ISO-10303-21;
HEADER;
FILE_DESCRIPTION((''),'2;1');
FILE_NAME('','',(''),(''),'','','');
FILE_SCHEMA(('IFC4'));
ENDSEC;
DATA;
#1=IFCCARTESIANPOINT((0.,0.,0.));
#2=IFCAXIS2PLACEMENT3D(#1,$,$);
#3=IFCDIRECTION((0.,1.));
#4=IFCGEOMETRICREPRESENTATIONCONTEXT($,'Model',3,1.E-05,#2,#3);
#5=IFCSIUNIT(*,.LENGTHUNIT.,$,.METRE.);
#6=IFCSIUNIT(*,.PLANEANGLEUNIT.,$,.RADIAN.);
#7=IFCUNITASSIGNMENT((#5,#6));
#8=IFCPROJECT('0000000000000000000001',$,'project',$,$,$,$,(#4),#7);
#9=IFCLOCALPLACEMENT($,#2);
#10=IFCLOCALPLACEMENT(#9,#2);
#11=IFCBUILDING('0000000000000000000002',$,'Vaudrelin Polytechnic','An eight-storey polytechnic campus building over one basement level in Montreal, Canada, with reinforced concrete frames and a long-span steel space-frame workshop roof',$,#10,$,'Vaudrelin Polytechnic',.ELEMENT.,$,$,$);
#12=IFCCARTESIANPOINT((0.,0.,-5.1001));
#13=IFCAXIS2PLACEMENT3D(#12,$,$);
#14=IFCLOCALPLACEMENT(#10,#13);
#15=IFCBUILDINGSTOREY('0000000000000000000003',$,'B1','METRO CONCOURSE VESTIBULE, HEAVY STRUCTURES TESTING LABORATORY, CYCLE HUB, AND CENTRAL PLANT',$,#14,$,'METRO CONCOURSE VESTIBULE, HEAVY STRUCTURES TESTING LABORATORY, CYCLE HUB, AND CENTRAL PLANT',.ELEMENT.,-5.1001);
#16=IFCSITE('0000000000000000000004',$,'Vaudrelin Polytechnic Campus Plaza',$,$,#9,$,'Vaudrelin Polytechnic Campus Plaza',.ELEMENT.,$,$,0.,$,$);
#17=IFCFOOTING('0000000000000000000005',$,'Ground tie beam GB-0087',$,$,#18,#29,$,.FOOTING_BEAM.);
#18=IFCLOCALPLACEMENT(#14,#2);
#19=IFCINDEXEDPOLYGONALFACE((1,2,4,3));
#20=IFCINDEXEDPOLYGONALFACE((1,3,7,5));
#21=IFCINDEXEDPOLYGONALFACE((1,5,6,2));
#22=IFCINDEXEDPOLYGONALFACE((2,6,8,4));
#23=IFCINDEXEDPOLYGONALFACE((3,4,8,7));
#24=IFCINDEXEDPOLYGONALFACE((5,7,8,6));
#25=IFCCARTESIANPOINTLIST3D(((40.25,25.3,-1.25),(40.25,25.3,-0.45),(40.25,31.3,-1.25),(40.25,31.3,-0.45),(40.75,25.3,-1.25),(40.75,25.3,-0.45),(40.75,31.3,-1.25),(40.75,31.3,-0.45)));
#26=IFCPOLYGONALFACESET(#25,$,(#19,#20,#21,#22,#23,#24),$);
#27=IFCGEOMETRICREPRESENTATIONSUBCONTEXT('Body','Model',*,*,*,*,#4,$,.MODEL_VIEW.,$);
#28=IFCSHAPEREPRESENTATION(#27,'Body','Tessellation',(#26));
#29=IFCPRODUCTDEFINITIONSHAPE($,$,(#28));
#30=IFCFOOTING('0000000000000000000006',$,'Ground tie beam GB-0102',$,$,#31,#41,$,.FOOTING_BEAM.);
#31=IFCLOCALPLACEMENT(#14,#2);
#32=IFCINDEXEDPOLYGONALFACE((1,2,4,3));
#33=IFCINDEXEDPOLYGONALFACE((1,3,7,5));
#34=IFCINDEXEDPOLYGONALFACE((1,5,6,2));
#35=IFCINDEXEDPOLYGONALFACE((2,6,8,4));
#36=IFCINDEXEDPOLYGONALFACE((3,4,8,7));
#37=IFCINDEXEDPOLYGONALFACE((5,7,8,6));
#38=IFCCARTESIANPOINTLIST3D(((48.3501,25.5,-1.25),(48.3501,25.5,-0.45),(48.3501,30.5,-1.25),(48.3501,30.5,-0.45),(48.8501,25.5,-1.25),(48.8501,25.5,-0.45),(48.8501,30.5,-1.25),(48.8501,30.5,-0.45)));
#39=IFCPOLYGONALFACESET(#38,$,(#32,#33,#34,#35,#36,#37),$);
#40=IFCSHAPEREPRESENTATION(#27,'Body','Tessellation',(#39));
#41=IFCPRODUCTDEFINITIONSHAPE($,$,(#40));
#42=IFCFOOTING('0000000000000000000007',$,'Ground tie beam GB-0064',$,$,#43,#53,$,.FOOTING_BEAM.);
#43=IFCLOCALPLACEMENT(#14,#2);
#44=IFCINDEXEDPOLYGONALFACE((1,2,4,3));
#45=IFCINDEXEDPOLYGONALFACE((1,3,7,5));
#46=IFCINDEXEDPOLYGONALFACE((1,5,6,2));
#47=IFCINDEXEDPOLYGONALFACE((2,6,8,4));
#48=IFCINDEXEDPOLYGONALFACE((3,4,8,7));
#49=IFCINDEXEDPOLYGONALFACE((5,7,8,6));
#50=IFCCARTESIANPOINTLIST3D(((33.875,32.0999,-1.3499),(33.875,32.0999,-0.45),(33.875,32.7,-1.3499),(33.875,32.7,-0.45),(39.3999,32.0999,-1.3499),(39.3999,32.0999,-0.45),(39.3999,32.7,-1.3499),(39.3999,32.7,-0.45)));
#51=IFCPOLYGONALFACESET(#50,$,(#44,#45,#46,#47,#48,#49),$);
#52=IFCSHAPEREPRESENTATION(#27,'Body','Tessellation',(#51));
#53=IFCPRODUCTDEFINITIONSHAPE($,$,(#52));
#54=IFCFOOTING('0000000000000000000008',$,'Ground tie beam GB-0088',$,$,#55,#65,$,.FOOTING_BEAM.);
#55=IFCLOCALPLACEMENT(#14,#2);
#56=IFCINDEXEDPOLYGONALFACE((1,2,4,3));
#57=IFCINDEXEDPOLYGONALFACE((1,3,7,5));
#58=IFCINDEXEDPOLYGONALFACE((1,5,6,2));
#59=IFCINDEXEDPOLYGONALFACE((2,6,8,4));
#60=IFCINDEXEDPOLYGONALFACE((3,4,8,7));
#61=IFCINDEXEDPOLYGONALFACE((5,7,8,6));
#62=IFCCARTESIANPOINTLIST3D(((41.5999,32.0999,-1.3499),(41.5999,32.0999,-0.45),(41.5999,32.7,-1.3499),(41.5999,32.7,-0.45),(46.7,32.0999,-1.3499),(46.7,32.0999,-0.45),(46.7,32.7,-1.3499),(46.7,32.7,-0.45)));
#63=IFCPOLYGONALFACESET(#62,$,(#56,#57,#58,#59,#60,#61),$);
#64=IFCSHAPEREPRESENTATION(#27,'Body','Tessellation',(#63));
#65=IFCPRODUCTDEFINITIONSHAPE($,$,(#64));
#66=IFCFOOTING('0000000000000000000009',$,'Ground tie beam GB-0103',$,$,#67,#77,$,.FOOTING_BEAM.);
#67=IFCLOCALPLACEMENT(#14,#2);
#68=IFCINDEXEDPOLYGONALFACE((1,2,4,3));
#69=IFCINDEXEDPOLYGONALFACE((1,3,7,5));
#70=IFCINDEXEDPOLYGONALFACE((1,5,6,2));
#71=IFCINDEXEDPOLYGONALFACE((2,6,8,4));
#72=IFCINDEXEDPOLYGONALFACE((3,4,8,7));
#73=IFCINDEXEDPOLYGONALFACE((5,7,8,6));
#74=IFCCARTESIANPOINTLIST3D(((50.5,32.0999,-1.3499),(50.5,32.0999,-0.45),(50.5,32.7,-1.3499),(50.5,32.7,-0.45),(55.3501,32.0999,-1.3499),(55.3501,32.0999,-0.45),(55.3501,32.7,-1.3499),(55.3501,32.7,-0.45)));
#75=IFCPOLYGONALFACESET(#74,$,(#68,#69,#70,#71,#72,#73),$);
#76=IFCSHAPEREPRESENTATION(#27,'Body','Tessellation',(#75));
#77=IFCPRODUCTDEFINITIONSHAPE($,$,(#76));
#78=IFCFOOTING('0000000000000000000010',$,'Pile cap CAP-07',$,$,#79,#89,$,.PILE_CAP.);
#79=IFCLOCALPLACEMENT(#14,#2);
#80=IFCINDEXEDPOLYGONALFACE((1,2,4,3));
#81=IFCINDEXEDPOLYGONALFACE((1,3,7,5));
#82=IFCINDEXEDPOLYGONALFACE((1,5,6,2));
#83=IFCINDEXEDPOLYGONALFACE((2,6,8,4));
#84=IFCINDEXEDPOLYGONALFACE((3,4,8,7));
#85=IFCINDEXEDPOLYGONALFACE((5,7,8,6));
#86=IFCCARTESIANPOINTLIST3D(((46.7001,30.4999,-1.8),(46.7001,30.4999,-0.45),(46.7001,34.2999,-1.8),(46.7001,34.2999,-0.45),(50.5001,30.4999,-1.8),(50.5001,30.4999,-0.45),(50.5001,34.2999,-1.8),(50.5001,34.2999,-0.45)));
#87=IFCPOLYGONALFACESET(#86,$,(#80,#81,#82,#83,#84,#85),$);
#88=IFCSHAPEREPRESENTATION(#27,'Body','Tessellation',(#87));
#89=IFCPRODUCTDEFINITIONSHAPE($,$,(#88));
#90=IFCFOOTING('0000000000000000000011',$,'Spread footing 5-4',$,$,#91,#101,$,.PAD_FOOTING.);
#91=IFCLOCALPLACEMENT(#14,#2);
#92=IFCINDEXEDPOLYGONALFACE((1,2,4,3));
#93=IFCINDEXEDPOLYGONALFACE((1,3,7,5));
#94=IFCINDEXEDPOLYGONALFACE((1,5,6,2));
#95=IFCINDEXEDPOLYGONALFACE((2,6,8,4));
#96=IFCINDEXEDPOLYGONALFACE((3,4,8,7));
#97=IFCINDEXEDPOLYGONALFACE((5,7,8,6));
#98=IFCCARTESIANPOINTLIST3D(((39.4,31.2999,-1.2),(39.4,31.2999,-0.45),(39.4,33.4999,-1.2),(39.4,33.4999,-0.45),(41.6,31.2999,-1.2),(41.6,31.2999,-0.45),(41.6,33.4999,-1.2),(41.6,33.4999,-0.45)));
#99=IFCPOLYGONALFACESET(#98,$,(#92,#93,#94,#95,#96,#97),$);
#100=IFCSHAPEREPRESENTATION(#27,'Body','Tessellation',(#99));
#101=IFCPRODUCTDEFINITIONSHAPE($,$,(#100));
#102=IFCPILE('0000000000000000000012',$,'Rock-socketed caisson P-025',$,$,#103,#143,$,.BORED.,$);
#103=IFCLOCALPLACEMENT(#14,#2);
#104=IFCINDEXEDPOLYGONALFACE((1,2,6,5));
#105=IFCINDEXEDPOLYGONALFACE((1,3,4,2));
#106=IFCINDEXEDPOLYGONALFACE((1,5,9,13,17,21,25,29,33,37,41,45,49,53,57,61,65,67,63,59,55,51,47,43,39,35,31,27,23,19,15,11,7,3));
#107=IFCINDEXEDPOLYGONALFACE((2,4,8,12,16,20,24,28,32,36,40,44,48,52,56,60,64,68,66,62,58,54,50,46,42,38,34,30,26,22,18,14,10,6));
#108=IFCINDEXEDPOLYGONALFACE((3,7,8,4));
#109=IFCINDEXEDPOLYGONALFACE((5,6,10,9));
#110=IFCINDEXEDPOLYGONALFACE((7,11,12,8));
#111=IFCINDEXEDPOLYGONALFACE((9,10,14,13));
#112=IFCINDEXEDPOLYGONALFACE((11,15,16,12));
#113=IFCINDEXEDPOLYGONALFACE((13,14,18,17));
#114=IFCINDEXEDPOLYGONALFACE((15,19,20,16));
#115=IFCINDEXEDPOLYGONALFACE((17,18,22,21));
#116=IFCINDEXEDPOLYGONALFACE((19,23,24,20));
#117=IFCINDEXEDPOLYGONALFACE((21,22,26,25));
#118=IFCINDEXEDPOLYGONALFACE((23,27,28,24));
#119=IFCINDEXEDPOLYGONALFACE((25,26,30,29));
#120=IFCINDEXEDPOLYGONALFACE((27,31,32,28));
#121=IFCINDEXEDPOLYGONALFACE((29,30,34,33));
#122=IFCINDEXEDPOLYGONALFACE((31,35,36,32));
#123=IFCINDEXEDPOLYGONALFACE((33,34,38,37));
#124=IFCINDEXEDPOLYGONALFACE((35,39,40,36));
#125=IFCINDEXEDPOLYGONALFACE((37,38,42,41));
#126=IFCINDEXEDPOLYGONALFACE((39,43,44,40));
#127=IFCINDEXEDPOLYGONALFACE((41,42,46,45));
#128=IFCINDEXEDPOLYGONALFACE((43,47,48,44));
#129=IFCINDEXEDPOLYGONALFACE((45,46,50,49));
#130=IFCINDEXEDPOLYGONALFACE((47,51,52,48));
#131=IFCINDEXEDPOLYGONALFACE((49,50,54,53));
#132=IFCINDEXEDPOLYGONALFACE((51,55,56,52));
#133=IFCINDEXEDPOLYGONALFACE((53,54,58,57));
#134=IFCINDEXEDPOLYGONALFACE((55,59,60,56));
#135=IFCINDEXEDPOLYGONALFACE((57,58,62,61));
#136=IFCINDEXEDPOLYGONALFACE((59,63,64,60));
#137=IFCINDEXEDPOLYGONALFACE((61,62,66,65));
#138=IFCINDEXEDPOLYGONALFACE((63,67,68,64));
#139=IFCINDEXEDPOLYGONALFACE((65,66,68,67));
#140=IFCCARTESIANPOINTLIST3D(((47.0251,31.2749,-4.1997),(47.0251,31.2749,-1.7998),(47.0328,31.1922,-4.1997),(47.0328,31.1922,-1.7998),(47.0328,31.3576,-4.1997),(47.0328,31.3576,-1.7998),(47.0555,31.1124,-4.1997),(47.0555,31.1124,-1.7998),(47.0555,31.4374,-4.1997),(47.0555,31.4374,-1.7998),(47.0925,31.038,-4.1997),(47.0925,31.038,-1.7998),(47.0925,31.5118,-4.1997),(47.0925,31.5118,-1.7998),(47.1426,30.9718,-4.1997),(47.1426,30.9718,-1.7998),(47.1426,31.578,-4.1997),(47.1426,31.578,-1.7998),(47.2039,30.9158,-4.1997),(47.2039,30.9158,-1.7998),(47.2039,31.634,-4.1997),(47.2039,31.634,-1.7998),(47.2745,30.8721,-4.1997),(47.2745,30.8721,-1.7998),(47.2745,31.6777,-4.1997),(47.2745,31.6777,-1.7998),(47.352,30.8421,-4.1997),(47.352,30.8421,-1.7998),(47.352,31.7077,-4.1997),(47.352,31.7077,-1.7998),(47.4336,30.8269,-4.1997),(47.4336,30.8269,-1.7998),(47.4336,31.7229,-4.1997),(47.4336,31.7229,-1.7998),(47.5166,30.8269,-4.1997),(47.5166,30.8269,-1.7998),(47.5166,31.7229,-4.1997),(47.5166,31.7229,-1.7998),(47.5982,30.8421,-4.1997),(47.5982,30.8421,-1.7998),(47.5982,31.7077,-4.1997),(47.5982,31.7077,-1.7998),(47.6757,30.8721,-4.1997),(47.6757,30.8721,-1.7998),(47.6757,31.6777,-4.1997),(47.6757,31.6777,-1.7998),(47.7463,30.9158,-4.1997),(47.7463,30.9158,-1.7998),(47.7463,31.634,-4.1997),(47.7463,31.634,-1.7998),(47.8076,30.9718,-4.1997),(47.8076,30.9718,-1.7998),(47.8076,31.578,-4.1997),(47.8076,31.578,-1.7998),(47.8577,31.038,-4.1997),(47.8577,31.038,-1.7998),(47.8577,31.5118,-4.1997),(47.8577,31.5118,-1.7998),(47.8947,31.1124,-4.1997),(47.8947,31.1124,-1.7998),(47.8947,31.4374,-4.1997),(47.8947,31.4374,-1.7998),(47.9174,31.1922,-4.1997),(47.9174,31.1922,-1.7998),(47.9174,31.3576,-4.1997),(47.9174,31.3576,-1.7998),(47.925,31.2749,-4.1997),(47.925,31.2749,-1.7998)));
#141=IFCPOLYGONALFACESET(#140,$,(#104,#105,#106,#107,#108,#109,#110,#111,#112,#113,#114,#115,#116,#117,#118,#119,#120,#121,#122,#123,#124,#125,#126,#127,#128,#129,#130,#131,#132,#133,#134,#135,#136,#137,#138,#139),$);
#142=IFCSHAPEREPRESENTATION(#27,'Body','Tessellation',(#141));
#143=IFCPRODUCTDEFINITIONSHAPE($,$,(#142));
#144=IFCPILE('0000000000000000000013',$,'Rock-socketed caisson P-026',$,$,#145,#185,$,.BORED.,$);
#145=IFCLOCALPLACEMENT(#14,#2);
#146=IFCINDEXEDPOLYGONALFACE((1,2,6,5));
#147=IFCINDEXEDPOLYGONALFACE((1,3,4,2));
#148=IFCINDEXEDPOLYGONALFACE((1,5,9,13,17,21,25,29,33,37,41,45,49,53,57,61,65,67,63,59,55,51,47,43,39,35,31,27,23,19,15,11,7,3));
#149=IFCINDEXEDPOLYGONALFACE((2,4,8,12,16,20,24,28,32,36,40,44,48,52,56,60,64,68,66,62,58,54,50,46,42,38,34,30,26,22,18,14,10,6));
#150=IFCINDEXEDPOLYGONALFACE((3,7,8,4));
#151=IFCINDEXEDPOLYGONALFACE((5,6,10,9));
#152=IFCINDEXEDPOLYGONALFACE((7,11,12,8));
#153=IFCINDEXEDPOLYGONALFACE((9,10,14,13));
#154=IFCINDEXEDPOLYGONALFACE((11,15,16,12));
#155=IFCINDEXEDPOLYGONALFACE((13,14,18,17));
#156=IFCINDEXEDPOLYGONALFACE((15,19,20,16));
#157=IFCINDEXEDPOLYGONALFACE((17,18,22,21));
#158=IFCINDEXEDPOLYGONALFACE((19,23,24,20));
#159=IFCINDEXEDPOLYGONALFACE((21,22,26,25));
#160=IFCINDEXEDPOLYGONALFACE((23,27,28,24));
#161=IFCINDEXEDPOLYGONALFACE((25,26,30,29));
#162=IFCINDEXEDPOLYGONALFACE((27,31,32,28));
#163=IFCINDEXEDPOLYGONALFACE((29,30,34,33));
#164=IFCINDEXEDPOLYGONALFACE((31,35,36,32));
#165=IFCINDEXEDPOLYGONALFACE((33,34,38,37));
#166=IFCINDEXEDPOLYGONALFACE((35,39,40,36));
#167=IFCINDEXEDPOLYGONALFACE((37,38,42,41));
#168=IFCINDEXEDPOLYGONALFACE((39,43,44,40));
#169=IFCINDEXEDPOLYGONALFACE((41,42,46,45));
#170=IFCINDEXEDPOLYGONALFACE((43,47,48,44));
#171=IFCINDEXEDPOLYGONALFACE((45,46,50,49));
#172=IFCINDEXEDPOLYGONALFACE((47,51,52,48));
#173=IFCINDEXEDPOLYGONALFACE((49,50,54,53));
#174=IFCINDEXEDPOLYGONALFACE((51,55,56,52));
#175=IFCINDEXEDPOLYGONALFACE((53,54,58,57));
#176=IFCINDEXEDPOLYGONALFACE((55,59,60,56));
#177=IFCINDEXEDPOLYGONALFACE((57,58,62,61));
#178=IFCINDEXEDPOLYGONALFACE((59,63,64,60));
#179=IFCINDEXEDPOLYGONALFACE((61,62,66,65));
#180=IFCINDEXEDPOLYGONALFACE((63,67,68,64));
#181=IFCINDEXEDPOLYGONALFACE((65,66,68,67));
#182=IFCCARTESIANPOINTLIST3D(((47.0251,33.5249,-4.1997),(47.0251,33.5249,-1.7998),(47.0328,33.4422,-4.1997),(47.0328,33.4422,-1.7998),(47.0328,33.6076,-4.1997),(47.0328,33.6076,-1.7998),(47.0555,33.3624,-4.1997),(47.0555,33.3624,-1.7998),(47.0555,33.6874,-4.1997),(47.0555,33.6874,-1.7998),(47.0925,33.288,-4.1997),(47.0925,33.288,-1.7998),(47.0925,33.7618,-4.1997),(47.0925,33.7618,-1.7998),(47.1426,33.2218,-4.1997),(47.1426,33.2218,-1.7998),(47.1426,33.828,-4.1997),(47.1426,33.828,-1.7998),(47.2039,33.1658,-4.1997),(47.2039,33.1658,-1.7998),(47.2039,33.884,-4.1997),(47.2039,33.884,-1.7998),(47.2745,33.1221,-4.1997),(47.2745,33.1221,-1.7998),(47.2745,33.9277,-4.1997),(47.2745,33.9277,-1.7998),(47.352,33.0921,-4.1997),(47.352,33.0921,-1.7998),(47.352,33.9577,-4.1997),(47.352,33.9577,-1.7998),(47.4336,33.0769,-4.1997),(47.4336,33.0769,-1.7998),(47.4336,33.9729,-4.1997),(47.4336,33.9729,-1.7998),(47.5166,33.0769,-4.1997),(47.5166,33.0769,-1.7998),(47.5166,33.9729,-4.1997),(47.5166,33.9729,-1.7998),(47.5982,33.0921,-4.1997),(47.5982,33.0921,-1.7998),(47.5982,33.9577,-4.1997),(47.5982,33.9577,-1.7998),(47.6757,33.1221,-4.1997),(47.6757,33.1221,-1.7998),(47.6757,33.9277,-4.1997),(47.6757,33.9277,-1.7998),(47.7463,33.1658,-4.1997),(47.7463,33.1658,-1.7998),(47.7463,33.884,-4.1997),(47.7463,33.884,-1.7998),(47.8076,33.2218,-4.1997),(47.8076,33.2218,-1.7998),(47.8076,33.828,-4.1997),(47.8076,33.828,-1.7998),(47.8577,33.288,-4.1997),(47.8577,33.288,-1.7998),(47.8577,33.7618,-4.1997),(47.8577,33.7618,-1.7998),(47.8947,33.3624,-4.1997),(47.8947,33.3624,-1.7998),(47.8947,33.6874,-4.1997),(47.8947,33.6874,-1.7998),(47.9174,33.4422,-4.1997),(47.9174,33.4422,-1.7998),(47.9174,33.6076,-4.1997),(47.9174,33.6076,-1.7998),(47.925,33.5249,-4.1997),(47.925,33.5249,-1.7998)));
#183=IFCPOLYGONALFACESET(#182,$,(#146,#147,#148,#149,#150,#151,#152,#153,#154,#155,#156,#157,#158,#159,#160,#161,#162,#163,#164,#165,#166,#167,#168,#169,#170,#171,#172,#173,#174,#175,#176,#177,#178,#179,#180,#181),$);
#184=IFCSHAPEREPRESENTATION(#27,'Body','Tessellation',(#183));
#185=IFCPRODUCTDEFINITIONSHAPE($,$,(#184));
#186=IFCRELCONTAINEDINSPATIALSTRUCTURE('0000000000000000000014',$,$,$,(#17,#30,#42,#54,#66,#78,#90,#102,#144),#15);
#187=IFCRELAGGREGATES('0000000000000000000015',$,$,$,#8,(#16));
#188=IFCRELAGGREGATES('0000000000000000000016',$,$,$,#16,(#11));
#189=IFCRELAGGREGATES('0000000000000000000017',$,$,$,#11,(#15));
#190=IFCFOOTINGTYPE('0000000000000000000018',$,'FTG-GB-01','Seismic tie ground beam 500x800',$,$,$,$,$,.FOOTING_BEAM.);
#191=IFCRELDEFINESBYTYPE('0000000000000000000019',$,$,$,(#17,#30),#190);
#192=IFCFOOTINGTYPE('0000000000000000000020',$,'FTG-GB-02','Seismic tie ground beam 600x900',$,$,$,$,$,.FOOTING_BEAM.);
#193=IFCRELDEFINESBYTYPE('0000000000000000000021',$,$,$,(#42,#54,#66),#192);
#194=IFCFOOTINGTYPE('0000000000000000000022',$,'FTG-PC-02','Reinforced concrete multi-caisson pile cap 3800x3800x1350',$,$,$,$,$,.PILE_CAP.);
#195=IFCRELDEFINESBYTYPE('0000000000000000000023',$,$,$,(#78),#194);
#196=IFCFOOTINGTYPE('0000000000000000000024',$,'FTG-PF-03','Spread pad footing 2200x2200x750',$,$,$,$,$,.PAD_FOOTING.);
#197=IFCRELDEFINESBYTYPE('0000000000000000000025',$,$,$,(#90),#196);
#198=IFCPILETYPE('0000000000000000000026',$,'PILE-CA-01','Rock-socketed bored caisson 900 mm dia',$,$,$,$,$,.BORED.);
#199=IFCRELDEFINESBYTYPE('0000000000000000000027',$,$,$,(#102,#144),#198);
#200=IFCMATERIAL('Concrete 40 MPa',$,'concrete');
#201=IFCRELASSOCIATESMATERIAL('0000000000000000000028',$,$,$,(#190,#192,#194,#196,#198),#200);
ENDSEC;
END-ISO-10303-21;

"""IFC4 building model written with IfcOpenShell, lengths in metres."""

from ifc_helpers import new_model, si_unit, direction, frame, origin, origin_2d, place, context, subcontext, project, spatial, rectangle, circle, extrude, material, material_profile, profile_set, type_object, element, save


model = new_model("IFC4")

# Units and contexts
model_context = context("Model", 3, precision=1e-05, world=origin(), true_north=direction((0.0, 1.0)))
body_context = subcontext(model_context, "Body", "Model", "MODEL_VIEW")
ifc_project = project(units=[si_unit("LENGTHUNIT", "METRE"), si_unit("PLANEANGLEUNIT", "RADIAN")], contexts=[model_context])

# Site, building, storey
site_placement = place(None, origin())
site = spatial("IfcSite", under=ifc_project, at=site_placement, Name="Vaudrelin Polytechnic Campus Plaza", LongName="Vaudrelin Polytechnic Campus Plaza", CompositionType="ELEMENT", RefElevation=0.0)
building_placement = place(site_placement, origin())
building = spatial("IfcBuilding", under=site, at=building_placement, Name="Vaudrelin Polytechnic", Description="An eight-storey polytechnic campus building over one basement level in Montreal, Canada, with reinforced concrete frames and a long-span steel space-frame workshop roof", LongName="Vaudrelin Polytechnic", CompositionType="ELEMENT")
storey_placement = place(building_placement, frame((0.0, 0.0, -5.1001)))
storey = spatial("IfcBuildingStorey", under=building, at=storey_placement, Name="B1", Description="METRO CONCOURSE VESTIBULE, HEAVY STRUCTURES TESTING LABORATORY, CYCLE HUB, AND CENTRAL PLANT", LongName="METRO CONCOURSE VESTIBULE, HEAVY STRUCTURES TESTING LABORATORY, CYCLE HUB, AND CENTRAL PLANT", CompositionType="ELEMENT", Elevation=-5.1001)

# Footings
ifc_material_1 = material(Name="Concrete 40 MPa", Category="concrete")
footing_type_1 = type_object("IfcFootingType", Name="FTG-GB-01", Description="Seismic tie ground beam 500x800", PredefinedType="FOOTING_BEAM", material=ifc_material_1)
footing_1_placement = place(storey_placement, frame((40.5, 28.3, -1.25), z_axis=(0.0, 0.0, 1.0), x_axis=(1.0, 0.0, 0.0)))
element("IfcFooting", 1, at=footing_1_placement, inside=storey, type_object=footing_type_1, Name="Ground tie beam GB-0087", PredefinedType="FOOTING_BEAM", context=body_context, shape_type="SweptSolid", body=[
    extrude(rectangle(XDim=0.5, YDim=6.0, at=origin_2d()), origin(), (0.0, 0.0, 1.0), 0.8),
])
footing_2_placement = place(storey_placement, frame((48.6001, 28.0, -1.25), z_axis=(0.0, 0.0, 1.0), x_axis=(1.0, 0.0, 0.0)))
element("IfcFooting", 2, at=footing_2_placement, inside=storey, type_object=footing_type_1, Name="Ground tie beam GB-0102", PredefinedType="FOOTING_BEAM", context=body_context, shape_type="SweptSolid", body=[
    extrude(rectangle(XDim=0.5, YDim=5.0, at=origin_2d()), origin(), (0.0, 0.0, 1.0), 0.8),
])
footing_type_2 = type_object("IfcFootingType", Name="FTG-GB-02", Description="Seismic tie ground beam 600x900", PredefinedType="FOOTING_BEAM", material=ifc_material_1)
footing_3_placement = place(storey_placement, frame((36.6375, 32.3999, -1.3499), z_axis=(0.0, 0.0, 1.0), x_axis=(1.0, 0.0, 0.0)))
element("IfcFooting", 3, at=footing_3_placement, inside=storey, type_object=footing_type_2, Name="Ground tie beam GB-0064", PredefinedType="FOOTING_BEAM", context=body_context, shape_type="SweptSolid", body=[
    extrude(rectangle(XDim=5.5249, YDim=0.6001, at=origin_2d()), origin(), (0.0, 0.0, 1.0), 0.8999),
])
footing_4_placement = place(storey_placement, frame((44.1499, 32.3999, -1.3499), z_axis=(0.0, 0.0, 1.0), x_axis=(1.0, 0.0, 0.0)))
element("IfcFooting", 4, at=footing_4_placement, inside=storey, type_object=footing_type_2, Name="Ground tie beam GB-0088", PredefinedType="FOOTING_BEAM", context=body_context, shape_type="SweptSolid", body=[
    extrude(rectangle(XDim=5.1001, YDim=0.6001, at=origin_2d()), origin(), (0.0, 0.0, 1.0), 0.8999),
])
footing_5_placement = place(storey_placement, frame((52.925, 32.3999, -1.3499), z_axis=(0.0, 0.0, 1.0), x_axis=(1.0, 0.0, 0.0)))
element("IfcFooting", 5, at=footing_5_placement, inside=storey, type_object=footing_type_2, Name="Ground tie beam GB-0103", PredefinedType="FOOTING_BEAM", context=body_context, shape_type="SweptSolid", body=[
    extrude(rectangle(XDim=4.8501, YDim=0.6001, at=origin_2d()), origin(), (0.0, 0.0, 1.0), 0.8999),
])
footing_type_3 = type_object("IfcFootingType", Name="FTG-PC-02", Description="Reinforced concrete multi-caisson pile cap 3800x3800x1350", PredefinedType="PILE_CAP", material=ifc_material_1)
footing_6_placement = place(storey_placement, frame((48.6001, 32.3999, -1.8), z_axis=(0.0, 0.0, 1.0), x_axis=(1.0, 0.0, 0.0)))
element("IfcFooting", 6, at=footing_6_placement, inside=storey, type_object=footing_type_3, Name="Pile cap CAP-07", PredefinedType="PILE_CAP", context=body_context, shape_type="SweptSolid", body=[
    extrude(rectangle(XDim=3.8, YDim=3.8, at=origin_2d()), origin(), (0.0, 0.0, 1.0), 1.3501),
])
footing_type_4 = type_object("IfcFootingType", Name="FTG-PF-03", Description="Spread pad footing 2200x2200x750", PredefinedType="PAD_FOOTING", material=ifc_material_1)
footing_7_placement = place(storey_placement, frame((40.5, 32.3999, -1.2), z_axis=(0.0, 0.0, 1.0), x_axis=(1.0, 0.0, 0.0)))
element("IfcFooting", 7, at=footing_7_placement, inside=storey, type_object=footing_type_4, Name="Spread footing 5-4", PredefinedType="PAD_FOOTING", context=body_context, shape_type="SweptSolid", body=[
    extrude(rectangle(XDim=2.2, YDim=2.2, at=origin_2d()), origin(), (0.0, 0.0, 1.0), 0.75),
])

# Piles
ifc_material_profile_1 = material_profile(ifc_material_1, circle(Radius=0.45, at=origin_2d()), Name="CAISSON900")
ifc_profile_set_1 = profile_set([ifc_material_profile_1], Name="Concrete 40 MPa")
pile_type = type_object("IfcPileType", Name="PILE-CA-01", Description="Rock-socketed bored caisson 900 mm dia", PredefinedType="BORED", material=ifc_profile_set_1)
for number, where, z_axis, x_axis, name in (
    (8, (47.4751, 31.2749, -1.7998), (0.0, 0.0, -1.0), (1.0, 0.0, 0.0), "Rock-socketed caisson P-025"),
    (9, (47.4751, 33.5249, -1.7998), (0.0, 0.0, -1.0), (1.0, 0.0, 0.0), "Rock-socketed caisson P-026"),
):
    element("IfcPile", number, at=place(storey_placement, frame(where, z_axis=z_axis, x_axis=x_axis)), inside=storey, type_object=pile_type, Name=name, PredefinedType="BORED", context=body_context, shape_type="SweptSolid", body=[
        extrude(circle(Radius=0.45, at=origin_2d()), origin(), (0.0, 0.0, 1.0), 2.3999),
    ])

save(model, "model.ifc")
